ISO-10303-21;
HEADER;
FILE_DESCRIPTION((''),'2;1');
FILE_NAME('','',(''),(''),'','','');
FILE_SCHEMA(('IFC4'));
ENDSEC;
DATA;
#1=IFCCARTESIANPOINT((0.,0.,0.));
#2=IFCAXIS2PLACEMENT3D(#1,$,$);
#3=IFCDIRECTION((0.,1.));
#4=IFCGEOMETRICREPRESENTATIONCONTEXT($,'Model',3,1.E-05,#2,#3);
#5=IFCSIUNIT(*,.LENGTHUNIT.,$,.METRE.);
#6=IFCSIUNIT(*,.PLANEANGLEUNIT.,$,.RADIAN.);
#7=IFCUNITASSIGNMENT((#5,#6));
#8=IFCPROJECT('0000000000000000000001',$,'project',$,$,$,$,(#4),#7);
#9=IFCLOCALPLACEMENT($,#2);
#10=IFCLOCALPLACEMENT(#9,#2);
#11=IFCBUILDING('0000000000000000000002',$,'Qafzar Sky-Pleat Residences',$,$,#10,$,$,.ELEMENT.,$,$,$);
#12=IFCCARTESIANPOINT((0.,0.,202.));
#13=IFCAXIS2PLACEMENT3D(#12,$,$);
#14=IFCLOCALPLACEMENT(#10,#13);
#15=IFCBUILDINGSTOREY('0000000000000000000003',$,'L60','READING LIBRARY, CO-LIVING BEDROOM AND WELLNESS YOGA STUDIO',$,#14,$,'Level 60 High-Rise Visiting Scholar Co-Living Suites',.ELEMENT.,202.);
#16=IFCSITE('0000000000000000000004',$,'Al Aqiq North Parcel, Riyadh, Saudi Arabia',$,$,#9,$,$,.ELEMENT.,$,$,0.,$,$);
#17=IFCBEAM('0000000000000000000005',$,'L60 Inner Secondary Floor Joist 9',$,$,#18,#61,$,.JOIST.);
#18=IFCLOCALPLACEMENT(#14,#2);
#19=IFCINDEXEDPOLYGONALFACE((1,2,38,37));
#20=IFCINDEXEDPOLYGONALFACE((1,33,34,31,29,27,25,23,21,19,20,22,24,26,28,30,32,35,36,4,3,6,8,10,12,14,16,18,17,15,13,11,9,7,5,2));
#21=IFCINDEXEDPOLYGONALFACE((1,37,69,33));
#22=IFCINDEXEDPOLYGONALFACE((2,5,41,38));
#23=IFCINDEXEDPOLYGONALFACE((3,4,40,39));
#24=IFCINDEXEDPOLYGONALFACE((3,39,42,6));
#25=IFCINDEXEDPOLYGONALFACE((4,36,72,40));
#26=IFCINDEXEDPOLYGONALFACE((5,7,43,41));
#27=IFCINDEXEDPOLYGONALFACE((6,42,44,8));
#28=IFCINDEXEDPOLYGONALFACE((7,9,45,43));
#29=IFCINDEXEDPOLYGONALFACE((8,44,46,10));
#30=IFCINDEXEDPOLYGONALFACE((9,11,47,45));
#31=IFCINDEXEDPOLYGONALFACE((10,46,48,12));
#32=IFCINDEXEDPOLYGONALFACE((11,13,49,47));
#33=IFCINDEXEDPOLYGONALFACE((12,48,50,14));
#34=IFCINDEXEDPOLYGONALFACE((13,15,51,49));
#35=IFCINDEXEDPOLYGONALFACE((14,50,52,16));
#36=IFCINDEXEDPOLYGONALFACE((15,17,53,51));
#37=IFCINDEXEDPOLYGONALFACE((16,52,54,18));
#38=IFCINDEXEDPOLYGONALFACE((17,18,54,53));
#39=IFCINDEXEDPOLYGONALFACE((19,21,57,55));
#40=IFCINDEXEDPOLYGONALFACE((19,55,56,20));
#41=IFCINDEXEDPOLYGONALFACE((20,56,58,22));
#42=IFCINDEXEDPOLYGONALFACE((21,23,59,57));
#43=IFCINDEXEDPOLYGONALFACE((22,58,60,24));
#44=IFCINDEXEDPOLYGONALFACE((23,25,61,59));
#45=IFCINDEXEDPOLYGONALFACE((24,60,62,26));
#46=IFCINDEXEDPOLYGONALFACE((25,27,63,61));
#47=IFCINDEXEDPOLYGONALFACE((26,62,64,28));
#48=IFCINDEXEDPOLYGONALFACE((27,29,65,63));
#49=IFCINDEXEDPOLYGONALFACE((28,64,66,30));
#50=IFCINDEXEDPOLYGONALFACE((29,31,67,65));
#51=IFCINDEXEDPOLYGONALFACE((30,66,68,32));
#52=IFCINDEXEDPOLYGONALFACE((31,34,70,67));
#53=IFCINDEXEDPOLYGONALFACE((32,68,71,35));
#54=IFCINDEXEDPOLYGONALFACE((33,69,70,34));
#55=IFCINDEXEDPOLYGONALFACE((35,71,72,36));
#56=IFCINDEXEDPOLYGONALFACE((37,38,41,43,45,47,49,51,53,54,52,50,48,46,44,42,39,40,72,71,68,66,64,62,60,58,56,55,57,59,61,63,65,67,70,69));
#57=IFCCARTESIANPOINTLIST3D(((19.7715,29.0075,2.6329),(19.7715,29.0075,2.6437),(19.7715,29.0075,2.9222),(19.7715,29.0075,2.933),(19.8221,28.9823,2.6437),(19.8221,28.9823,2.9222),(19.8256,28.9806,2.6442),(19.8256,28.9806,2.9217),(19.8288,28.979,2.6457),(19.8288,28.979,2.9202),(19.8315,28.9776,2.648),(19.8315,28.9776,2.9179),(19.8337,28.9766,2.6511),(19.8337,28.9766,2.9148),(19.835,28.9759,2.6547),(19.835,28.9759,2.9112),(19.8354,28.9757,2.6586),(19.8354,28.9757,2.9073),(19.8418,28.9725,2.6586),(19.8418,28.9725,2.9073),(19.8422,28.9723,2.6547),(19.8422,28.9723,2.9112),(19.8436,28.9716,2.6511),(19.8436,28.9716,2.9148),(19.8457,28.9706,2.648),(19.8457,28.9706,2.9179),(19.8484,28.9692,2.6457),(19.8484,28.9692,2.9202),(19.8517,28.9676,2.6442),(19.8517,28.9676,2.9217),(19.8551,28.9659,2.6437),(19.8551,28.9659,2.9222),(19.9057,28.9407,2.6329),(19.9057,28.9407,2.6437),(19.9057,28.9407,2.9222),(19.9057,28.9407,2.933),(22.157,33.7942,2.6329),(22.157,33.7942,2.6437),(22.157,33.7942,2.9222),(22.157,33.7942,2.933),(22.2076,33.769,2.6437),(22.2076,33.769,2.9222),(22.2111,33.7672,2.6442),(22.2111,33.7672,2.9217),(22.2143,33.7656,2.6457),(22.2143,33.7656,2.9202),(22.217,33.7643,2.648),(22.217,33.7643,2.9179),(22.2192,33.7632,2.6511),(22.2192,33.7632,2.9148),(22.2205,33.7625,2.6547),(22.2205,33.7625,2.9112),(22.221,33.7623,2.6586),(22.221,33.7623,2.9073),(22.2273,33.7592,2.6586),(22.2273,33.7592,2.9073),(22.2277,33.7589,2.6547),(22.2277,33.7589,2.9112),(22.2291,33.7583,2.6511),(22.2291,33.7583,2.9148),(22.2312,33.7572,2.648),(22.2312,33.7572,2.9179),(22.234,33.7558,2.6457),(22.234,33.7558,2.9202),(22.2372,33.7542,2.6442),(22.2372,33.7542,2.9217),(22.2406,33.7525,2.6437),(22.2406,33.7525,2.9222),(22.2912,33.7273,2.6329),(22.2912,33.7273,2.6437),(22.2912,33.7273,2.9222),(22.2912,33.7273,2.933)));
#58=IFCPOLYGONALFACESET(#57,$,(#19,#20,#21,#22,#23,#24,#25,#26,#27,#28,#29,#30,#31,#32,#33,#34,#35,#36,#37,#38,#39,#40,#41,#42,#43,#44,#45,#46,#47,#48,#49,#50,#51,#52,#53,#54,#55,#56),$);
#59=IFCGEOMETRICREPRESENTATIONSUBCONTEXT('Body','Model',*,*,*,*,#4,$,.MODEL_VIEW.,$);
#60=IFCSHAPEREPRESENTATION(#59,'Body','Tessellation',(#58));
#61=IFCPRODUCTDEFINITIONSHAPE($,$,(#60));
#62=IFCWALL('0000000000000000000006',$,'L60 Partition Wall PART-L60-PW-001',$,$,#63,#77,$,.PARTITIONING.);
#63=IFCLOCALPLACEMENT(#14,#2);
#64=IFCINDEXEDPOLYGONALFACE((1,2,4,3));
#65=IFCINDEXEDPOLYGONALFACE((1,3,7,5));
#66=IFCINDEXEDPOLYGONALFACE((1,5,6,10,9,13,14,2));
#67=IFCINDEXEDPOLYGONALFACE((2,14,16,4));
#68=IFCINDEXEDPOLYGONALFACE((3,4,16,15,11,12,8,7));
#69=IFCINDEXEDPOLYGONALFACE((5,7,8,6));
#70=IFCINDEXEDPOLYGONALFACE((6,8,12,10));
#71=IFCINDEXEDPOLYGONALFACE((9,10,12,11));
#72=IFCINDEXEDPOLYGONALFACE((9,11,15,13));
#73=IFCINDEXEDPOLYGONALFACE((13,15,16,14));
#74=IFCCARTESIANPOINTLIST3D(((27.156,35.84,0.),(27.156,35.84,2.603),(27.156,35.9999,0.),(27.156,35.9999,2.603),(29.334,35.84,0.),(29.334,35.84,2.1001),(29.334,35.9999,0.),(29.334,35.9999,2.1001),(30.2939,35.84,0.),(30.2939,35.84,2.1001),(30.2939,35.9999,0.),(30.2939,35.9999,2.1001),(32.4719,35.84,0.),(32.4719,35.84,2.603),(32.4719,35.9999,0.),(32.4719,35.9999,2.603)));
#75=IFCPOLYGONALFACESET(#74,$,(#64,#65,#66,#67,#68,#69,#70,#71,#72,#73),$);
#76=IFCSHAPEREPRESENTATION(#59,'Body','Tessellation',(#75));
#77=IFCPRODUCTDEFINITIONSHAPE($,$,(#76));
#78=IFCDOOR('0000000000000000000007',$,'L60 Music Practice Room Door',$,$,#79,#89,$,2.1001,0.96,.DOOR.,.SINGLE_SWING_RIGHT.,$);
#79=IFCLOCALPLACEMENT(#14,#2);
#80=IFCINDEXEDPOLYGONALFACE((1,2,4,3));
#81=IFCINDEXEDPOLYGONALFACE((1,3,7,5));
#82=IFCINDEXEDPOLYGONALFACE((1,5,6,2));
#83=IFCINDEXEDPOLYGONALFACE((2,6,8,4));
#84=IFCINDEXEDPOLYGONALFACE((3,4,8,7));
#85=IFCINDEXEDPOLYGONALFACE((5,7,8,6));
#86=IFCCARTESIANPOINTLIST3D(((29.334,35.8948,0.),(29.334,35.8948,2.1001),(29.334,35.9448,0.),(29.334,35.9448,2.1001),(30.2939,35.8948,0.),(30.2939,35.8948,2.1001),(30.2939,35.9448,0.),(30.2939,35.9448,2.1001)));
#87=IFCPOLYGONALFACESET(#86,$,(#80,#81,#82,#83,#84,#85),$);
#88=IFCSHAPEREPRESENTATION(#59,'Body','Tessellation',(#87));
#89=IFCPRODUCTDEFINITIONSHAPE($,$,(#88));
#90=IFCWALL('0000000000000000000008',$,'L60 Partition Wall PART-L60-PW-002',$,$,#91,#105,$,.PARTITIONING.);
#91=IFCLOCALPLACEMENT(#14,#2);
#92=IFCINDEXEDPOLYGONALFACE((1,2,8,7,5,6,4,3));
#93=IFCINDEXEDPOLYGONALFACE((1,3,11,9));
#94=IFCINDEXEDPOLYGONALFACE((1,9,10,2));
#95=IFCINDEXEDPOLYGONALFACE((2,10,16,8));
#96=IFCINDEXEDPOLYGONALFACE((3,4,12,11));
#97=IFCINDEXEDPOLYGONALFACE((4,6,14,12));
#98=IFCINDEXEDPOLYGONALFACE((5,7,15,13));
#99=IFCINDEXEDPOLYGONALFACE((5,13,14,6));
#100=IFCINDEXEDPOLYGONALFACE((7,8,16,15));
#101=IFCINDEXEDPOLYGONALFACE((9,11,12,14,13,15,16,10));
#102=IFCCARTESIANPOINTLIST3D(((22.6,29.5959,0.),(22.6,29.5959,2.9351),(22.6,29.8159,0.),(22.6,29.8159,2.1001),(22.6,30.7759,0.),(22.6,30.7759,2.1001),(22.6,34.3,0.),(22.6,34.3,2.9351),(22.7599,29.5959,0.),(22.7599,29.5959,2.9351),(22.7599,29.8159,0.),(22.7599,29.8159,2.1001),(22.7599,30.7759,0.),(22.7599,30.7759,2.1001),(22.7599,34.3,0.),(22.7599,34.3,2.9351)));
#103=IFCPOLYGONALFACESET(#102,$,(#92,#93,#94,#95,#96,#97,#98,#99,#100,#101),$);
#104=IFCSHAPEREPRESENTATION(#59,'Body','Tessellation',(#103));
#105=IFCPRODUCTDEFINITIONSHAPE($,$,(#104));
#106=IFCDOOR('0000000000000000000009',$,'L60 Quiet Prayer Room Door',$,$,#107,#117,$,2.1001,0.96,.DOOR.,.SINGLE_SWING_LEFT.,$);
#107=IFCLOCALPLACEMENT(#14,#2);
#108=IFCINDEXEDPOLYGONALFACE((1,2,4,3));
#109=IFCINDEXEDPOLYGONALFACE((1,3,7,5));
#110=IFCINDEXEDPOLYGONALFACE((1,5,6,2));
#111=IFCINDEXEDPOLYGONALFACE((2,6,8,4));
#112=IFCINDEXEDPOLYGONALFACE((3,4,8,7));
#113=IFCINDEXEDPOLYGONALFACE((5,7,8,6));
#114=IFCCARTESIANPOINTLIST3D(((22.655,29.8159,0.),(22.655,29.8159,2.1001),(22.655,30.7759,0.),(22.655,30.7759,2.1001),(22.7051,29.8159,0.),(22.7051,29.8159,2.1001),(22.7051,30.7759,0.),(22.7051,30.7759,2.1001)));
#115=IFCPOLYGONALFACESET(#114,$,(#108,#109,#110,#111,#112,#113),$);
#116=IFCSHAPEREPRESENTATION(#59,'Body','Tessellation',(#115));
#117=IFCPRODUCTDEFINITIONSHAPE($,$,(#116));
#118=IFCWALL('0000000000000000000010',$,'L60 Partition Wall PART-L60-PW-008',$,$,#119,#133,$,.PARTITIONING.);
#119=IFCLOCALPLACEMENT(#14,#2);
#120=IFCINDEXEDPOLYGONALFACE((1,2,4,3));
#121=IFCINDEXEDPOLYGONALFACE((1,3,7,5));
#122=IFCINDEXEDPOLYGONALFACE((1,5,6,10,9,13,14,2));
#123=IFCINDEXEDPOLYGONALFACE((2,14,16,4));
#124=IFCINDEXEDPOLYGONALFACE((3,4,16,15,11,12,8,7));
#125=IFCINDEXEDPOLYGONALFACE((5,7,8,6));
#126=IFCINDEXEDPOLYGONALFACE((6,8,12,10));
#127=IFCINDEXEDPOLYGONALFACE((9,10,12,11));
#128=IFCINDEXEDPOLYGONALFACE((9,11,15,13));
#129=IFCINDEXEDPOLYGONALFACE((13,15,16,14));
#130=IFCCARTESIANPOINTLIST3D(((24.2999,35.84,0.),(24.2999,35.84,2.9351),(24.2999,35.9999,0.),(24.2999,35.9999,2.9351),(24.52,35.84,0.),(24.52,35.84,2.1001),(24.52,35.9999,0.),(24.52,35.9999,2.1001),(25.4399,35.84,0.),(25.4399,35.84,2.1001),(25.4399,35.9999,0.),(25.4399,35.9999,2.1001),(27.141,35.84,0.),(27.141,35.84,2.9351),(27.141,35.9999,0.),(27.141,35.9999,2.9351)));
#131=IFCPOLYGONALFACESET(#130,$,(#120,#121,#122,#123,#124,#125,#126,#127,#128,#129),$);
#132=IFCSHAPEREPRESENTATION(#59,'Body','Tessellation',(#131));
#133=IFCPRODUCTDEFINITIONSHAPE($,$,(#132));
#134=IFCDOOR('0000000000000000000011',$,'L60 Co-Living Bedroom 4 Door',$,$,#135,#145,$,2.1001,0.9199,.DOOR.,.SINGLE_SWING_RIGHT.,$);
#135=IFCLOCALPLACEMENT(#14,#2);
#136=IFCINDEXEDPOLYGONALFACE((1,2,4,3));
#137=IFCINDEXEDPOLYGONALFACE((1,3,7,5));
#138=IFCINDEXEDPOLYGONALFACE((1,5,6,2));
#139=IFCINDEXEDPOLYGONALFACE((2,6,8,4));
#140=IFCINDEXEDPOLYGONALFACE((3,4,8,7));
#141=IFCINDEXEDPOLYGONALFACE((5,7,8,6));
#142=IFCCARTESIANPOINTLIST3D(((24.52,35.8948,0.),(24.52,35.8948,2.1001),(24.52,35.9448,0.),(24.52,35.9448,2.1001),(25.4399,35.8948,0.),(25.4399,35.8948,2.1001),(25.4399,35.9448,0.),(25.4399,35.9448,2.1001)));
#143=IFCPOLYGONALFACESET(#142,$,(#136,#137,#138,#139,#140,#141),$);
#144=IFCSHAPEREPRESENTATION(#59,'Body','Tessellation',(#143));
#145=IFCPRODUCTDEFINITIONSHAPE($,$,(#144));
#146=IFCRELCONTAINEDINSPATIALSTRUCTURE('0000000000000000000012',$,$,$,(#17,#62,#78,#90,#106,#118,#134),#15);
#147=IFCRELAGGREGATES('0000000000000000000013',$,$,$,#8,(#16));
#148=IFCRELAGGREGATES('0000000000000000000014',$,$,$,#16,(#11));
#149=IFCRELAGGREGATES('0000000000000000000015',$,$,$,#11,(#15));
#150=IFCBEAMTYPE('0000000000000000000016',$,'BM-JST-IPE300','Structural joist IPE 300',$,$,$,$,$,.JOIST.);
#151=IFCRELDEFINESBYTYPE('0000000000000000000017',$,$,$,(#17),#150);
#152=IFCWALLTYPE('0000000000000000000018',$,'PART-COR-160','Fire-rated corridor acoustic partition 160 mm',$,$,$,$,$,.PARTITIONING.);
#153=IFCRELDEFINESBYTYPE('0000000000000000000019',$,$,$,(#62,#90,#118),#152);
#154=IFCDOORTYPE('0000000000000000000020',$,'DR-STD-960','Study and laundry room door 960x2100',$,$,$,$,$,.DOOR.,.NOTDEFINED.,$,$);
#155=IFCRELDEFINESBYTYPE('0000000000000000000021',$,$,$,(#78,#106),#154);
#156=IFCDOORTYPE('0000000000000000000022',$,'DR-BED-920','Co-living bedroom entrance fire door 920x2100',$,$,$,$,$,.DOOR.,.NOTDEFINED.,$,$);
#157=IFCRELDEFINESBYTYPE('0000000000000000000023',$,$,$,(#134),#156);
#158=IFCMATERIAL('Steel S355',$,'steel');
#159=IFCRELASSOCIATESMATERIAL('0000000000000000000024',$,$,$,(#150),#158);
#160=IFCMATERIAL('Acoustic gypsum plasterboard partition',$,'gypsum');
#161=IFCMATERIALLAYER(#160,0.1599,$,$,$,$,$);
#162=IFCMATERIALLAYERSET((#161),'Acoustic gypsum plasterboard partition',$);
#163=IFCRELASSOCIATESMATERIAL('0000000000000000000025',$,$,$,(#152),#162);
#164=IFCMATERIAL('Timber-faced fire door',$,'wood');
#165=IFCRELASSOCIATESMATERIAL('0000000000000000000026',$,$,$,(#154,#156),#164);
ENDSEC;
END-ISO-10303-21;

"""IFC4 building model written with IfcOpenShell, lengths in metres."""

from ifc_helpers import new_model, si_unit, direction, frame, frame_2d, origin, origin_2d, place, context, subcontext, project, spatial, rectangle, i_section, extrude, source, transform, mapped, material, layer, layer_set, material_profile, profile_set, type_object, element, fill, save


model = new_model("IFC4")

# Units and contexts
model_context = context("Model", 3, precision=1e-05, world=origin(), true_north=direction((0.0, 1.0)))
body_context = subcontext(model_context, "Body", "Model", "MODEL_VIEW")
ifc_project = project(units=[si_unit("LENGTHUNIT", "METRE"), si_unit("PLANEANGLEUNIT", "RADIAN")], contexts=[model_context])

# Site, building, storey
site_placement = place(None, origin())
site = spatial("IfcSite", under=ifc_project, at=site_placement, Name="Al Aqiq North Parcel, Riyadh, Saudi Arabia", CompositionType="ELEMENT", RefElevation=0.0)
building_placement = place(site_placement, origin())
building = spatial("IfcBuilding", under=site, at=building_placement, Name="Qafzar Sky-Pleat Residences", CompositionType="ELEMENT")
storey_placement = place(building_placement, frame((0.0, 0.0, 202.0)))
storey = spatial("IfcBuildingStorey", under=building, at=storey_placement, Name="L60", Description="READING LIBRARY, CO-LIVING BEDROOM AND WELLNESS YOGA STUDIO", LongName="Level 60 High-Rise Visiting Scholar Co-Living Suites", CompositionType="ELEMENT", Elevation=202.0)

# Beam
ifc_material_1 = material(Name="Steel S355", Category="steel")
ifc_material_profile = material_profile(ifc_material_1, i_section(OverallWidth=0.1499, OverallDepth=0.3, WebThickness=0.0071, FlangeThickness=0.0107, FilletRadius=0.0149, at=origin_2d()), Name="IPE 300")
ifc_profile_set = profile_set([ifc_material_profile], Name="Steel S355")
beam_type = type_object("IfcBeamType", Name="BM-JST-IPE300", Description="Structural joist IPE 300", PredefinedType="JOIST", material=ifc_profile_set)
shared_shape_1 = source(origin(), body_context, "Body", "SweptSolid", [
    extrude(i_section(OverallWidth=0.1499, OverallDepth=0.3, WebThickness=0.0071, FlangeThickness=0.0107, FilletRadius=0.0149, at=origin_2d()), origin(), (0.0, 0.0, 1.0), 5.3481),
])
beam_placement = place(storey_placement, frame((22.2241, 33.7607, 2.783), z_axis=(-0.446045, -0.895011, 0.0), x_axis=(0.895011, -0.446045, 0.0)))
element("IfcBeam", 1, at=beam_placement, inside=storey, type_object=beam_type, Name="L60 Inner Secondary Floor Joist 9", PredefinedType="JOIST", context=body_context, shape_type="MappedRepresentation", body=[
    mapped(shared_shape_1, transform((0.0, 0.0, 0.0), x_axis=(1.0, 0.0, 0.0), y_axis=(0.0, 1.0, 0.0), z_axis=(0.0, 0.0, 1.0), scale=1.0)),
])

# Walls, openings, doors
ifc_material_2 = material(Name="Acoustic gypsum plasterboard partition", Category="gypsum")
ifc_layer_1 = layer(ifc_material_2, 0.1599)
ifc_layer_set_1 = layer_set([ifc_layer_1], Name="Acoustic gypsum plasterboard partition")
wall_type_1 = type_object("IfcWallType", Name="PART-COR-160", Description="Fire-rated corridor acoustic partition 160 mm", PredefinedType="PARTITIONING", material=ifc_layer_set_1)
wall_1_placement = place(storey_placement, frame((27.156, 35.9199, 0.0), z_axis=(0.0, 0.0, 1.0), x_axis=(1.0, 0.0, 0.0)))
wall_1 = element("IfcWall", 2, at=wall_1_placement, inside=storey, type_object=wall_type_1, Name="L60 Partition Wall PART-L60-PW-001", PredefinedType="PARTITIONING", context=body_context, shape_type="SweptSolid", body=[
    extrude(rectangle(XDim=5.3159, YDim=0.1599, at=frame_2d((2.658, 0.0))), origin(), (0.0, 0.0, 1.0), 2.603),
])
opening_1_placement = place(wall_1_placement, frame((2.178, 0.0, 0.0)))
opening_1 = element("IfcOpeningElement", 3, at=opening_1_placement, cuts=wall_1, PredefinedType="OPENING", context=body_context, shape_type="SweptSolid", body=[
    extrude(rectangle(XDim=0.96, YDim=2.1001, at=frame_2d((0.48, 1.05))), frame((0.0, 0.0898, 0.0), z_axis=(0.0, -1.0, 0.0), x_axis=(1.0, 0.0, 0.0)), (0.0, 0.0, 1.0), 0.1799),
])
ifc_material_3 = material(Name="Timber-faced fire door", Category="wood")
door_type_1 = type_object("IfcDoorType", Name="DR-STD-960", Description="Study and laundry room door 960x2100", OperationType="NOTDEFINED", PredefinedType="DOOR", material=ifc_material_3)
shared_shape_2 = source(origin(), body_context, "Body", "SweptSolid", [
    extrude(rectangle(XDim=0.96, YDim=2.1001, at=frame_2d((0.48, 1.05))), frame((0.0, 0.0249, 0.0), z_axis=(0.0, -1.0, 0.0), x_axis=(1.0, 0.0, 0.0)), (0.0, 0.0, 1.0), 0.05),
])
door_1_placement = place(opening_1_placement, origin())
door_1 = element("IfcDoor", 4, at=door_1_placement, inside=storey, type_object=door_type_1, Name="L60 Music Practice Room Door", OperationType="SINGLE_SWING_RIGHT", OverallHeight=2.1001, OverallWidth=0.96, PredefinedType="DOOR", context=body_context, shape_type="MappedRepresentation", body=[
    mapped(shared_shape_2, transform((0.0, 0.0, 0.0), x_axis=(1.0, 0.0, 0.0), y_axis=(0.0, 1.0, 0.0), z_axis=(0.0, 0.0, 1.0), scale=1.0)),
])
fill(opening_1, door_1)
wall_2_placement = place(storey_placement, frame((22.6799, 29.5959, 0.0), z_axis=(0.0, 0.0, 1.0), x_axis=(0.0, 1.0, 0.0)))
wall_2 = element("IfcWall", 5, at=wall_2_placement, inside=storey, type_object=wall_type_1, Name="L60 Partition Wall PART-L60-PW-002", PredefinedType="PARTITIONING", context=body_context, shape_type="SweptSolid", body=[
    extrude(rectangle(XDim=4.7041, YDim=0.1599, at=frame_2d((2.3521, 0.0))), origin(), (0.0, 0.0, 1.0), 2.9351),
])
opening_2_placement = place(wall_2_placement, frame((0.22, 0.0, 0.0)))
opening_2 = element("IfcOpeningElement", 6, at=opening_2_placement, cuts=wall_2, PredefinedType="OPENING", context=body_context, shape_type="SweptSolid", body=[
    extrude(rectangle(XDim=0.96, YDim=2.1001, at=frame_2d((0.48, 1.05))), frame((0.0, 0.0898, 0.0), z_axis=(0.0, -1.0, 0.0), x_axis=(1.0, 0.0, 0.0)), (0.0, 0.0, 1.0), 0.1799),
])
door_2_placement = place(opening_2_placement, origin())
door_2 = element("IfcDoor", 7, at=door_2_placement, inside=storey, type_object=door_type_1, Name="L60 Quiet Prayer Room Door", OperationType="SINGLE_SWING_LEFT", OverallHeight=2.1001, OverallWidth=0.96, PredefinedType="DOOR", context=body_context, shape_type="MappedRepresentation", body=[
    mapped(shared_shape_2, transform((0.0, 0.0, 0.0), x_axis=(1.0, 0.0, 0.0), y_axis=(0.0, 1.0, 0.0), z_axis=(0.0, 0.0, 1.0), scale=1.0)),
])
fill(opening_2, door_2)
wall_3_placement = place(storey_placement, frame((24.3, 35.9199, 0.0), z_axis=(0.0, 0.0, 1.0), x_axis=(1.0, 0.0, 0.0)))
wall_3 = element("IfcWall", 8, at=wall_3_placement, inside=storey, type_object=wall_type_1, Name="L60 Partition Wall PART-L60-PW-008", PredefinedType="PARTITIONING", context=body_context, shape_type="SweptSolid", body=[
    extrude(rectangle(XDim=2.8411, YDim=0.1599, at=frame_2d((1.4204, 0.0))), origin(), (0.0, 0.0, 1.0), 2.9351),
])
opening_3_placement = place(wall_3_placement, frame((0.22, 0.0, 0.0)))
opening_3 = element("IfcOpeningElement", 9, at=opening_3_placement, cuts=wall_3, PredefinedType="OPENING", context=body_context, shape_type="SweptSolid", body=[
    extrude(rectangle(XDim=0.9199, YDim=2.1001, at=frame_2d((0.46, 1.05))), frame((0.0, 0.0898, 0.0), z_axis=(0.0, -1.0, 0.0), x_axis=(1.0, 0.0, 0.0)), (0.0, 0.0, 1.0), 0.1799),
])
door_type_2 = type_object("IfcDoorType", Name="DR-BED-920", Description="Co-living bedroom entrance fire door 920x2100", OperationType="NOTDEFINED", PredefinedType="DOOR", material=ifc_material_3)
shared_shape_3 = source(origin(), body_context, "Body", "SweptSolid", [
    extrude(rectangle(XDim=0.9199, YDim=2.1001, at=frame_2d((0.46, 1.05))), frame((0.0, 0.0249, 0.0), z_axis=(0.0, -1.0, 0.0), x_axis=(1.0, 0.0, 0.0)), (0.0, 0.0, 1.0), 0.05),
])
door_3_placement = place(opening_3_placement, origin())
door_3 = element("IfcDoor", 10, at=door_3_placement, inside=storey, type_object=door_type_2, Name="L60 Co-Living Bedroom 4 Door", OperationType="SINGLE_SWING_RIGHT", OverallHeight=2.1001, OverallWidth=0.9199, PredefinedType="DOOR", context=body_context, shape_type="MappedRepresentation", body=[
    mapped(shared_shape_3, transform((0.0, 0.0, 0.0), x_axis=(1.0, 0.0, 0.0), y_axis=(0.0, 1.0, 0.0), z_axis=(0.0, 0.0, 1.0), scale=1.0)),
])
fill(opening_3, door_3)

save(model, "model.ifc")
